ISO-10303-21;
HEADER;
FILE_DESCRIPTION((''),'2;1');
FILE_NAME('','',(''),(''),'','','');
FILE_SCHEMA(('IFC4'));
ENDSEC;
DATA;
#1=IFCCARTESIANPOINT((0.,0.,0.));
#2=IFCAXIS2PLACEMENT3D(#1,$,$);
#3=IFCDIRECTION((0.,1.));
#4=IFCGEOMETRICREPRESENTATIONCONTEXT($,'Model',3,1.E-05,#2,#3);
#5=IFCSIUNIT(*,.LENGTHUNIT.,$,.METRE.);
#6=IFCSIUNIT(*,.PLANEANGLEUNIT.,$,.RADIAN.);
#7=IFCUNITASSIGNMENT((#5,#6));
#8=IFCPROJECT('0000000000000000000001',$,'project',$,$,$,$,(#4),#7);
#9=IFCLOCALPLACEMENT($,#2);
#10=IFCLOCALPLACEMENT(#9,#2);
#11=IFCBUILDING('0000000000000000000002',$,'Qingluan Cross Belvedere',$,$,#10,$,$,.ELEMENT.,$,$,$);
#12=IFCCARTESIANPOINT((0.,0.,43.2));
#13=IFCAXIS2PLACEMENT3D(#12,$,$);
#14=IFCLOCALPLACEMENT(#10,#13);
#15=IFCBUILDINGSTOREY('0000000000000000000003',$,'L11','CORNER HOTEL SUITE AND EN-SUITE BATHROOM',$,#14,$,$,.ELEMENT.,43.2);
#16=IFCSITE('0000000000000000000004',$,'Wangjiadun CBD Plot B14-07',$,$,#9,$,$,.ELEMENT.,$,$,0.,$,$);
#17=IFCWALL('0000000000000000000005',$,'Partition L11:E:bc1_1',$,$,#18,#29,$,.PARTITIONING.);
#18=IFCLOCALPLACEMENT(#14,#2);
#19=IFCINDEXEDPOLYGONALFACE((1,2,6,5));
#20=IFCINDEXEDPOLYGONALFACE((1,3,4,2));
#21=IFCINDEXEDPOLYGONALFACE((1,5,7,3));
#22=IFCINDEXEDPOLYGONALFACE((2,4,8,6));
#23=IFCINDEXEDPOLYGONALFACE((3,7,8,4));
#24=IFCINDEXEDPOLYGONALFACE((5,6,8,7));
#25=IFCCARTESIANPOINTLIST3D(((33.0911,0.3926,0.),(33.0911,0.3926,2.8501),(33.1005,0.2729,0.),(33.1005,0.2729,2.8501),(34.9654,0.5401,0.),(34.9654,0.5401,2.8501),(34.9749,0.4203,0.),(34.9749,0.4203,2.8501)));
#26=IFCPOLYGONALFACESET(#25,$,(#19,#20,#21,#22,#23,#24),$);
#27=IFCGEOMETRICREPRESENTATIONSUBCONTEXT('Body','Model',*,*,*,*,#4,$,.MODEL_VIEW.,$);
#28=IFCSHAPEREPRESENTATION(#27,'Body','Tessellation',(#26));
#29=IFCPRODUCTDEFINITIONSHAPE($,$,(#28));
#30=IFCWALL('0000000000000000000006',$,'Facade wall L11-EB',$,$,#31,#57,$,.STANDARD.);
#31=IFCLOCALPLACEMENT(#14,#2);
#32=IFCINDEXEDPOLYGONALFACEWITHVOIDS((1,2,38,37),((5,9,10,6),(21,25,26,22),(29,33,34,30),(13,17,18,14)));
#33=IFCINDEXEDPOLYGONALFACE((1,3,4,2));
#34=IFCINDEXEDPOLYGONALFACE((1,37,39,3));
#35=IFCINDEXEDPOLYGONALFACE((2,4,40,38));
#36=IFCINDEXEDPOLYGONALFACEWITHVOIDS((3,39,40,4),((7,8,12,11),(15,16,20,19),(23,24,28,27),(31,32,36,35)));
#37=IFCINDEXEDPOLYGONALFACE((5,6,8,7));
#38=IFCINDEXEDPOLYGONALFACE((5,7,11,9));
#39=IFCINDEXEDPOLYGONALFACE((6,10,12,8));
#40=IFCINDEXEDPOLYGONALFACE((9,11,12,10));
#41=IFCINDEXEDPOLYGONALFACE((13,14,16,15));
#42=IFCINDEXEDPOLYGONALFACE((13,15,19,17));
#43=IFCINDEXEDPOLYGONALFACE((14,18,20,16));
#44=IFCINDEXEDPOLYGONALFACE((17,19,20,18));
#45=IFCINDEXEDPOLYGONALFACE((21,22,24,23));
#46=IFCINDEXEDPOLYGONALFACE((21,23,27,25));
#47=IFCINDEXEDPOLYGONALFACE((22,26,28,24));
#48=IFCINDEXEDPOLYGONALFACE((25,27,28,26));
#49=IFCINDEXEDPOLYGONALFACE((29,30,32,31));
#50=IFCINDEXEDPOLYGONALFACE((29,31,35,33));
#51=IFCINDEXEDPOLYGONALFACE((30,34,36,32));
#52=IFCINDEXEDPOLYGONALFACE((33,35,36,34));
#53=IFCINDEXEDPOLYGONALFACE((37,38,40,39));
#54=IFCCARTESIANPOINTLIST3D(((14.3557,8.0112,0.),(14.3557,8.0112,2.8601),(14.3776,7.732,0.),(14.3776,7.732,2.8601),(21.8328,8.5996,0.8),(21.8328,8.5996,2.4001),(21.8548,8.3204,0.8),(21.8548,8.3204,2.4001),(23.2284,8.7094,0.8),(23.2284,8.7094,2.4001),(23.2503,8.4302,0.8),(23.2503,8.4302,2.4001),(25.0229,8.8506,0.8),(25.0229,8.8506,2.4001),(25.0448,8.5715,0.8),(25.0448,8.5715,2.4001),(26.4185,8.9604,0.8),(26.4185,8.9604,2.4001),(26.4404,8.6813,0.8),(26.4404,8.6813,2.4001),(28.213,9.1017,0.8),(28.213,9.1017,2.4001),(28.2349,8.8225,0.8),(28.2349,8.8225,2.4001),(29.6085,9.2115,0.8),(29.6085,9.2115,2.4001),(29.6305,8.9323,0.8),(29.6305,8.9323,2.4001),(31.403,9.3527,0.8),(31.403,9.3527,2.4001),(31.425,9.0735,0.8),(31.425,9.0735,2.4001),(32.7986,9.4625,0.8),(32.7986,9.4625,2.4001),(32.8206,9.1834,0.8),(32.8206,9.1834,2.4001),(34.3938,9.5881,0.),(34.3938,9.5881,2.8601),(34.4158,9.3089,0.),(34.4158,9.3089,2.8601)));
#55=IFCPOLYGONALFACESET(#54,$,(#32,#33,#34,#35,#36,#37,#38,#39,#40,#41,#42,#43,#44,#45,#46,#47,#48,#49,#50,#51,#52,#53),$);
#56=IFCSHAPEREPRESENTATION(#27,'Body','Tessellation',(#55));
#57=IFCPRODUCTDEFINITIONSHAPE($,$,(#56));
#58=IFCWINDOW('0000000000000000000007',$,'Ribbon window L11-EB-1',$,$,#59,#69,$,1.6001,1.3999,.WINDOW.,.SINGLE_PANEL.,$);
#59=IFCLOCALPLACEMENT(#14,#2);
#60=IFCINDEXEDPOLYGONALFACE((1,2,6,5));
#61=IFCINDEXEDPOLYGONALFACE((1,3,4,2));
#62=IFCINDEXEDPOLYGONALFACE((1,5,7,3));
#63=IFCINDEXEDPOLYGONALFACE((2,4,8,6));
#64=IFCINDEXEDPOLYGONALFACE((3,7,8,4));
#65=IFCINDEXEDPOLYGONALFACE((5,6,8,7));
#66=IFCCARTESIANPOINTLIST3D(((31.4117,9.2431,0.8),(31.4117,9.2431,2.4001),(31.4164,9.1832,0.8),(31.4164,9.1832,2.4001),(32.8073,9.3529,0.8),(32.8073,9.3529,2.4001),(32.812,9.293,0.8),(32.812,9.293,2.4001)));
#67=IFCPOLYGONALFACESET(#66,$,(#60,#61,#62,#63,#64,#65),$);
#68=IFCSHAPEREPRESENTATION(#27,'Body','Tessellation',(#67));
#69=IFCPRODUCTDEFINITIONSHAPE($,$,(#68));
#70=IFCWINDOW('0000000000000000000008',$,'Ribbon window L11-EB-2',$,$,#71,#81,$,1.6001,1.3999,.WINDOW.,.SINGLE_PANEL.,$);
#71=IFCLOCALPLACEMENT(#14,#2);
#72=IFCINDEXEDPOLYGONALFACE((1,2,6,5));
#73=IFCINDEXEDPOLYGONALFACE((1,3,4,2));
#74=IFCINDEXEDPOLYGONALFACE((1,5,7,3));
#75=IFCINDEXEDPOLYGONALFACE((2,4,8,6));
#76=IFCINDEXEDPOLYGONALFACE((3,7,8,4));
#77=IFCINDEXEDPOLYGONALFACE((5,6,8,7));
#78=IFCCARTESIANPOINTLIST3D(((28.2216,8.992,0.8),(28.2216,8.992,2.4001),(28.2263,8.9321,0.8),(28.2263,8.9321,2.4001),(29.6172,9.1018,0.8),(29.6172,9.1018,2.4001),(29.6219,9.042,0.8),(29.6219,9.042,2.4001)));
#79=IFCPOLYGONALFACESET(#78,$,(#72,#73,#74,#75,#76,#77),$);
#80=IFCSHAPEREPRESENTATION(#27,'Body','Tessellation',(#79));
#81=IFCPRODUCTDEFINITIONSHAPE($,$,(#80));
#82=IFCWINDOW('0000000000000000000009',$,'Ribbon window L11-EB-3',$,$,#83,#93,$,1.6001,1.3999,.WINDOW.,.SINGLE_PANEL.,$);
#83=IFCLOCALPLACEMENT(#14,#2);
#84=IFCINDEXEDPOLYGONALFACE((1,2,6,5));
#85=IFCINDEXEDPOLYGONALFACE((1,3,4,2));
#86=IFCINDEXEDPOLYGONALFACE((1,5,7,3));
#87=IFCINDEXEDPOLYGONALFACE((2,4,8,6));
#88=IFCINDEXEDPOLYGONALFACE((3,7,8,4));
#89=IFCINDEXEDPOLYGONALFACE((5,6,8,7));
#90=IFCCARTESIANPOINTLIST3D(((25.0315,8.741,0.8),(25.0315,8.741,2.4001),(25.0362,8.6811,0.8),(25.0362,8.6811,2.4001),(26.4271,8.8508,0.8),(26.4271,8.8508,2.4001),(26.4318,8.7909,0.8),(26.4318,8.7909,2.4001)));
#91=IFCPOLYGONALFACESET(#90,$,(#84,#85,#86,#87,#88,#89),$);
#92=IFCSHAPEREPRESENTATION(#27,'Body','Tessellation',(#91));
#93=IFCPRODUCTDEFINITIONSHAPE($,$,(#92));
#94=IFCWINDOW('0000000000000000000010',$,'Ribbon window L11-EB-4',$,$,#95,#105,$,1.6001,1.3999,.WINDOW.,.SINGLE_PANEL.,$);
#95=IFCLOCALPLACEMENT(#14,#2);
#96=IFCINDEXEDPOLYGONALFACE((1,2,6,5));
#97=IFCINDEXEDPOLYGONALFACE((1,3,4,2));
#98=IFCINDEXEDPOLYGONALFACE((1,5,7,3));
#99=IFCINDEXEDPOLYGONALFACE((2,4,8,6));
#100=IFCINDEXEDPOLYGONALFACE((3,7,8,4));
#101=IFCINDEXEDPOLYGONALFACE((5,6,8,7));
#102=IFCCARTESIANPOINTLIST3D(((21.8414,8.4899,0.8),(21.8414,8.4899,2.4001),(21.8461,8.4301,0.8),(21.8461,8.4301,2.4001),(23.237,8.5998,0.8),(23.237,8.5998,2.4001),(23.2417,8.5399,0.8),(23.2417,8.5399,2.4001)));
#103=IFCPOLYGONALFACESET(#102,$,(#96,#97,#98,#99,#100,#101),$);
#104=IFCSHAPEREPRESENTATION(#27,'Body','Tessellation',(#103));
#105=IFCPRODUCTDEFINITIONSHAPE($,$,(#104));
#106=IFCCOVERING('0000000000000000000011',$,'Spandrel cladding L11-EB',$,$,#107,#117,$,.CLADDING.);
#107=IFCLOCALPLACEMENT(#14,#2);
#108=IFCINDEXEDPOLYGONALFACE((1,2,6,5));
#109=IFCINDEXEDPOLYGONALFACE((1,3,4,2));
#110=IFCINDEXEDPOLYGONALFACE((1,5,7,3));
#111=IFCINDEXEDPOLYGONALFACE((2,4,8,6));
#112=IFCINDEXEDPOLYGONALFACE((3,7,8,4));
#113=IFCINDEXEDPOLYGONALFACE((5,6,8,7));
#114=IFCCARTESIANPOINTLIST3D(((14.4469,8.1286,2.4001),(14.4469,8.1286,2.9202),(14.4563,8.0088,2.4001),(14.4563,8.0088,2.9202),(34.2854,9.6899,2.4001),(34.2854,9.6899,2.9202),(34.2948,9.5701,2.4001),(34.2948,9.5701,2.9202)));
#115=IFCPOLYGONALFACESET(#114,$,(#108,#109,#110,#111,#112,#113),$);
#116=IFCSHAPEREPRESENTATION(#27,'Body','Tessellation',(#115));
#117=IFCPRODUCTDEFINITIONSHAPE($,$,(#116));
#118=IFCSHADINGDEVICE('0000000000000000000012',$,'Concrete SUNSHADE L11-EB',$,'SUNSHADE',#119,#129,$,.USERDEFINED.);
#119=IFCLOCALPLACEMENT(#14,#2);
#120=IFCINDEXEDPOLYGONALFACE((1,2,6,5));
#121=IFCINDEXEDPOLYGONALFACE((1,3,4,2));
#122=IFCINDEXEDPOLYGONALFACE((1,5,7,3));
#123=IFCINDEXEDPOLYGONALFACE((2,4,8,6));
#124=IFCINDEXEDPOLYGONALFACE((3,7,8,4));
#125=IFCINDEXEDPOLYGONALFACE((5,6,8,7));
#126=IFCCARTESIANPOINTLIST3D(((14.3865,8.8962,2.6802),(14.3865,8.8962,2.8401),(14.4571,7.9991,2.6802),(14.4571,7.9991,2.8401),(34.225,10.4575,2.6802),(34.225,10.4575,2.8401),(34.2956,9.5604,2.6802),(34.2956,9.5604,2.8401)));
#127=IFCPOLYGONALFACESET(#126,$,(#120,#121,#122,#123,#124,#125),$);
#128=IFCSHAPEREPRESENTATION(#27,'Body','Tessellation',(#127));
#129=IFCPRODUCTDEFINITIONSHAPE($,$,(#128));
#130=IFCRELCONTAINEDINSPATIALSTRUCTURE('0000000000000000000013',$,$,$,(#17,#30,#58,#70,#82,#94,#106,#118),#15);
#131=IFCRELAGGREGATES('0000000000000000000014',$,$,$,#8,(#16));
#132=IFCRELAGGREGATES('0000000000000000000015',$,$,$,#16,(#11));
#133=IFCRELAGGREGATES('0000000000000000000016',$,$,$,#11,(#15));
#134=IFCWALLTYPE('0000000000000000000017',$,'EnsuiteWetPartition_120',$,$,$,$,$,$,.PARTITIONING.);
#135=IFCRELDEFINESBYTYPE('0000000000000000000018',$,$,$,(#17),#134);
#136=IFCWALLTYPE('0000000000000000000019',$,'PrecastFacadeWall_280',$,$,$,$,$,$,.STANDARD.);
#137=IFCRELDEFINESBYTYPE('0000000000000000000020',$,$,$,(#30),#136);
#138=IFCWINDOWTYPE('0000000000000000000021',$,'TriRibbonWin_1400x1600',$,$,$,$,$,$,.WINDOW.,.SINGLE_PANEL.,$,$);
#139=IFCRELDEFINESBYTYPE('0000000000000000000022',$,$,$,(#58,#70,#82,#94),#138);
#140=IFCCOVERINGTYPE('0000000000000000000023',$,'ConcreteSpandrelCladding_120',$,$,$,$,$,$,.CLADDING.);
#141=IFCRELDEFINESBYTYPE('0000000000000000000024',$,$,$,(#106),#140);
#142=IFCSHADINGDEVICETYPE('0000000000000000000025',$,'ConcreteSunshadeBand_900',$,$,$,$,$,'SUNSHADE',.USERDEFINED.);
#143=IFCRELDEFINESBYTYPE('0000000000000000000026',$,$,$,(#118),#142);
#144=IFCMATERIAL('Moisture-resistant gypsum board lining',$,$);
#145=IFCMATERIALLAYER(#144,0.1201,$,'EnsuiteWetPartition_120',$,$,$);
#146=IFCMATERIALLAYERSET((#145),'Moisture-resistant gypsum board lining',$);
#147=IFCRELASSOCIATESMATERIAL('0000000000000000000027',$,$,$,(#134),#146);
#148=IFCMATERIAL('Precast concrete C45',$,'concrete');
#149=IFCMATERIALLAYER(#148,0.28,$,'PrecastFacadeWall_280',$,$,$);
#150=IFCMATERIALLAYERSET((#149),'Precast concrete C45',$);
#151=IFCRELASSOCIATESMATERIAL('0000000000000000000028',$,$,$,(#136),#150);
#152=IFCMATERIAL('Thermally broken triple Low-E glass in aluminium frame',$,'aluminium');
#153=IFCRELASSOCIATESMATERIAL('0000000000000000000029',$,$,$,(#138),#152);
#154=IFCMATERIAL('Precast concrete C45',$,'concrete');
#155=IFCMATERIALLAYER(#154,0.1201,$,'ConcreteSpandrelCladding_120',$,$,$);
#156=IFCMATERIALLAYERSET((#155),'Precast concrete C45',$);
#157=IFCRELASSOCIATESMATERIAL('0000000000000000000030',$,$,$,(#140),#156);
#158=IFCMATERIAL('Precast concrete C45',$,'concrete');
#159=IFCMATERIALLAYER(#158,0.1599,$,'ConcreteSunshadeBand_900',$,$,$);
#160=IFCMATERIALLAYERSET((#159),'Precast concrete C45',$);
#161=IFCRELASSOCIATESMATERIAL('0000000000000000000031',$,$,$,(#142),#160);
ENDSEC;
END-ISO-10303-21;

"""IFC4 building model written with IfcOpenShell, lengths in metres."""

from ifc_helpers import new_model, si_unit, direction, frame, frame_2d, origin, origin_2d, place, context, subcontext, project, spatial, rectangle, extrude, material, layer, layer_set, type_object, element, fill, save


model = new_model("IFC4")

# Units and contexts
model_context = context("Model", 3, precision=1e-05, world=origin(), true_north=direction((0.0, 1.0)))
body_context = subcontext(model_context, "Body", "Model", "MODEL_VIEW")
ifc_project = project(units=[si_unit("LENGTHUNIT", "METRE"), si_unit("PLANEANGLEUNIT", "RADIAN")], contexts=[model_context])

# Site, building, storey
site_placement = place(None, origin())
site = spatial("IfcSite", under=ifc_project, at=site_placement, Name="Wangjiadun CBD Plot B14-07", CompositionType="ELEMENT", RefElevation=0.0)
building_placement = place(site_placement, origin())
building = spatial("IfcBuilding", under=site, at=building_placement, Name="Qingluan Cross Belvedere", CompositionType="ELEMENT")
storey_placement = place(building_placement, frame((0.0, 0.0, 43.2)))
storey = spatial("IfcBuildingStorey", under=building, at=storey_placement, Name="L11", Description="CORNER HOTEL SUITE AND EN-SUITE BATHROOM", CompositionType="ELEMENT", Elevation=43.2)

# Shared definitions
ifc_material_1 = material(Name="Moisture-resistant gypsum board lining")
ifc_layer_1 = layer(ifc_material_1, 0.1201, Name="EnsuiteWetPartition_120")
ifc_layer_set_1 = layer_set([ifc_layer_1], Name="Moisture-resistant gypsum board lining")
wall_type_1 = type_object("IfcWallType", Name="EnsuiteWetPartition_120", PredefinedType="PARTITIONING", material=ifc_layer_set_1)

# Wall
wall_1_placement = place(storey_placement, frame((33.0959, 0.3328, 0.0), z_axis=(0.0, 0.0, 1.0), x_axis=(0.996919, 0.078434, 0.0)))
element("IfcWall", 1, at=wall_1_placement, inside=storey, type_object=wall_type_1, Name="Partition L11:E:bc1_1", PredefinedType="PARTITIONING", context=body_context, shape_type="SweptSolid", body=[
    extrude(rectangle(XDim=1.8801, YDim=0.1201, at=frame_2d((0.9399, 0.0))), origin(), (0.0, 0.0, 1.0), 2.8501),
])

# Wall, openings, windows
ifc_material_2 = material(Name="Precast concrete C45", Category="concrete")
ifc_layer_2 = layer(ifc_material_2, 0.28, Name="PrecastFacadeWall_280")
ifc_layer_set_2 = layer_set([ifc_layer_2], Name="Precast concrete C45")
wall_type_2 = type_object("IfcWallType", Name="PrecastFacadeWall_280", PredefinedType="STANDARD", material=ifc_layer_set_2)
wall_2_placement = place(storey_placement, frame((34.4048, 9.4485, 0.0), z_axis=(0.0, 0.0, 1.0), x_axis=(-0.996918, -0.078453, 0.0)))
wall_2 = element("IfcWall", 2, at=wall_2_placement, inside=storey, type_object=wall_type_2, Name="Facade wall L11-EB", PredefinedType="STANDARD", context=body_context, shape_type="SweptSolid", body=[
    extrude(rectangle(XDim=20.1001, YDim=0.28, at=frame_2d((10.05, 0.0))), origin(), (0.0, 0.0, 1.0), 2.8601),
])
opening_1_placement = place(wall_2_placement, frame((1.6001, 0.0, 0.8)))
opening_1 = element("IfcOpeningElement", 3, at=opening_1_placement, cuts=wall_2, PredefinedType="OPENING", context=body_context, shape_type="SweptSolid", body=[
    extrude(rectangle(XDim=1.3999, YDim=1.6001, at=frame_2d((0.7, 0.8))), frame((0.0, 0.1499, 0.0), z_axis=(0.0, -1.0, 0.0), x_axis=(1.0, 0.0, 0.0)), (0.0, 0.0, 1.0), 0.3),
])
opening_2_placement = place(wall_2_placement, frame((4.8, 0.0, 0.8)))
opening_2 = element("IfcOpeningElement", 4, at=opening_2_placement, cuts=wall_2, PredefinedType="OPENING", context=body_context, shape_type="SweptSolid", body=[
    extrude(rectangle(XDim=1.3999, YDim=1.6001, at=frame_2d((0.7, 0.8))), frame((0.0, 0.1499, 0.0), z_axis=(0.0, -1.0, 0.0), x_axis=(1.0, 0.0, 0.0)), (0.0, 0.0, 1.0), 0.3),
])
opening_3_placement = place(wall_2_placement, frame((8.0, 0.0, 0.8)))
opening_3 = element("IfcOpeningElement", 5, at=opening_3_placement, cuts=wall_2, PredefinedType="OPENING", context=body_context, shape_type="SweptSolid", body=[
    extrude(rectangle(XDim=1.3999, YDim=1.6001, at=frame_2d((0.7, 0.8))), frame((0.0, 0.1499, 0.0), z_axis=(0.0, -1.0, 0.0), x_axis=(1.0, 0.0, 0.0)), (0.0, 0.0, 1.0), 0.3),
])
opening_4_placement = place(wall_2_placement, frame((11.2, 0.0, 0.8)))
opening_4 = element("IfcOpeningElement", 6, at=opening_4_placement, cuts=wall_2, PredefinedType="OPENING", context=body_context, shape_type="SweptSolid", body=[
    extrude(rectangle(XDim=1.3999, YDim=1.6001, at=frame_2d((0.7, 0.8))), frame((0.0, 0.1499, 0.0), z_axis=(0.0, -1.0, 0.0), x_axis=(1.0, 0.0, 0.0)), (0.0, 0.0, 1.0), 0.3),
])
ifc_material_3 = material(Name="Thermally broken triple Low-E glass in aluminium frame", Category="aluminium")
window_type = type_object("IfcWindowType", Name="TriRibbonWin_1400x1600", PartitioningType="SINGLE_PANEL", PredefinedType="WINDOW", material=ifc_material_3)
window_1_placement = place(opening_1_placement, origin())
window_1 = element("IfcWindow", 7, at=window_1_placement, inside=storey, type_object=window_type, Name="Ribbon window L11-EB-1", OverallHeight=1.6001, OverallWidth=1.3999, PartitioningType="SINGLE_PANEL", PredefinedType="WINDOW", context=body_context, shape_type="SweptSolid", body=[
    extrude(rectangle(XDim=1.3999, YDim=1.6001, at=frame_2d((0.7, 0.8))), frame((0.0, 0.03, 0.0), z_axis=(0.0, -1.0, 0.0), x_axis=(1.0, 0.0, 0.0)), (0.0, 0.0, 1.0), 0.0601),
])
fill(opening_1, window_1)
window_2_placement = place(opening_2_placement, origin())
window_2 = element("IfcWindow", 8, at=window_2_placement, inside=storey, type_object=window_type, Name="Ribbon window L11-EB-2", OverallHeight=1.6001, OverallWidth=1.3999, PartitioningType="SINGLE_PANEL", PredefinedType="WINDOW", context=body_context, shape_type="SweptSolid", body=[
    extrude(rectangle(XDim=1.3999, YDim=1.6001, at=frame_2d((0.7, 0.8))), frame((0.0, 0.03, 0.0), z_axis=(0.0, -1.0, 0.0), x_axis=(1.0, 0.0, 0.0)), (0.0, 0.0, 1.0), 0.0601),
])
fill(opening_2, window_2)
window_3_placement = place(opening_3_placement, origin())
window_3 = element("IfcWindow", 9, at=window_3_placement, inside=storey, type_object=window_type, Name="Ribbon window L11-EB-3", OverallHeight=1.6001, OverallWidth=1.3999, PartitioningType="SINGLE_PANEL", PredefinedType="WINDOW", context=body_context, shape_type="SweptSolid", body=[
    extrude(rectangle(XDim=1.3999, YDim=1.6001, at=frame_2d((0.7, 0.8))), frame((0.0, 0.03, 0.0), z_axis=(0.0, -1.0, 0.0), x_axis=(1.0, 0.0, 0.0)), (0.0, 0.0, 1.0), 0.0601),
])
fill(opening_3, window_3)
window_4_placement = place(opening_4_placement, origin())
window_4 = element("IfcWindow", 10, at=window_4_placement, inside=storey, type_object=window_type, Name="Ribbon window L11-EB-4", OverallHeight=1.6001, OverallWidth=1.3999, PartitioningType="SINGLE_PANEL", PredefinedType="WINDOW", context=body_context, shape_type="SweptSolid", body=[
    extrude(rectangle(XDim=1.3999, YDim=1.6001, at=frame_2d((0.7, 0.8))), frame((0.0, 0.03, 0.0), z_axis=(0.0, -1.0, 0.0), x_axis=(1.0, 0.0, 0.0)), (0.0, 0.0, 1.0), 0.0601),
])
fill(opening_4, window_4)

# Covering
ifc_material_4 = material(Name="Precast concrete C45", Category="concrete")
ifc_layer_3 = layer(ifc_material_4, 0.1201, Name="ConcreteSpandrelCladding_120")
ifc_layer_set_3 = layer_set([ifc_layer_3], Name="Precast concrete C45")
covering_type = type_object("IfcCoveringType", Name="ConcreteSpandrelCladding_120", PredefinedType="CLADDING", material=ifc_layer_set_3)
covering_placement = place(storey_placement, frame((24.3708, 8.8494, 2.4001), z_axis=(0.0, 0.0, 1.0), x_axis=(-0.996917, -0.078458, 0.0)))
element("IfcCovering", 11, at=covering_placement, inside=storey, type_object=covering_type, Name="Spandrel cladding L11-EB", PredefinedType="CLADDING", context=body_context, shape_type="SweptSolid", body=[
    extrude(rectangle(XDim=19.8999, YDim=0.1201, at=origin_2d()), origin(), (0.0, 0.0, 1.0), 0.52),
])

# Shading device
ifc_material_5 = material(Name="Precast concrete C45", Category="concrete")
ifc_layer_4 = layer(ifc_material_5, 0.1599, Name="ConcreteSunshadeBand_900")
ifc_layer_set_4 = layer_set([ifc_layer_4], Name="Precast concrete C45")
shading_device_type = type_object("IfcShadingDeviceType", Name="ConcreteSunshadeBand_900", ElementType="SUNSHADE", PredefinedType="USERDEFINED", material=ifc_layer_set_4)
shading_device_placement = place(storey_placement, frame((24.3411, 9.2283, 2.6802), z_axis=(0.0, 0.0, 1.0), x_axis=(-0.996917, -0.078458, 0.0)))
element("IfcShadingDevice", 12, at=shading_device_placement, inside=storey, type_object=shading_device_type, Name="Concrete SUNSHADE L11-EB", ObjectType="SUNSHADE", PredefinedType="USERDEFINED", context=body_context, shape_type="SweptSolid", body=[
    extrude(rectangle(XDim=19.8999, YDim=0.8999, at=origin_2d()), origin(), (0.0, 0.0, 1.0), 0.1599),
])

save(model, "model.ifc")
